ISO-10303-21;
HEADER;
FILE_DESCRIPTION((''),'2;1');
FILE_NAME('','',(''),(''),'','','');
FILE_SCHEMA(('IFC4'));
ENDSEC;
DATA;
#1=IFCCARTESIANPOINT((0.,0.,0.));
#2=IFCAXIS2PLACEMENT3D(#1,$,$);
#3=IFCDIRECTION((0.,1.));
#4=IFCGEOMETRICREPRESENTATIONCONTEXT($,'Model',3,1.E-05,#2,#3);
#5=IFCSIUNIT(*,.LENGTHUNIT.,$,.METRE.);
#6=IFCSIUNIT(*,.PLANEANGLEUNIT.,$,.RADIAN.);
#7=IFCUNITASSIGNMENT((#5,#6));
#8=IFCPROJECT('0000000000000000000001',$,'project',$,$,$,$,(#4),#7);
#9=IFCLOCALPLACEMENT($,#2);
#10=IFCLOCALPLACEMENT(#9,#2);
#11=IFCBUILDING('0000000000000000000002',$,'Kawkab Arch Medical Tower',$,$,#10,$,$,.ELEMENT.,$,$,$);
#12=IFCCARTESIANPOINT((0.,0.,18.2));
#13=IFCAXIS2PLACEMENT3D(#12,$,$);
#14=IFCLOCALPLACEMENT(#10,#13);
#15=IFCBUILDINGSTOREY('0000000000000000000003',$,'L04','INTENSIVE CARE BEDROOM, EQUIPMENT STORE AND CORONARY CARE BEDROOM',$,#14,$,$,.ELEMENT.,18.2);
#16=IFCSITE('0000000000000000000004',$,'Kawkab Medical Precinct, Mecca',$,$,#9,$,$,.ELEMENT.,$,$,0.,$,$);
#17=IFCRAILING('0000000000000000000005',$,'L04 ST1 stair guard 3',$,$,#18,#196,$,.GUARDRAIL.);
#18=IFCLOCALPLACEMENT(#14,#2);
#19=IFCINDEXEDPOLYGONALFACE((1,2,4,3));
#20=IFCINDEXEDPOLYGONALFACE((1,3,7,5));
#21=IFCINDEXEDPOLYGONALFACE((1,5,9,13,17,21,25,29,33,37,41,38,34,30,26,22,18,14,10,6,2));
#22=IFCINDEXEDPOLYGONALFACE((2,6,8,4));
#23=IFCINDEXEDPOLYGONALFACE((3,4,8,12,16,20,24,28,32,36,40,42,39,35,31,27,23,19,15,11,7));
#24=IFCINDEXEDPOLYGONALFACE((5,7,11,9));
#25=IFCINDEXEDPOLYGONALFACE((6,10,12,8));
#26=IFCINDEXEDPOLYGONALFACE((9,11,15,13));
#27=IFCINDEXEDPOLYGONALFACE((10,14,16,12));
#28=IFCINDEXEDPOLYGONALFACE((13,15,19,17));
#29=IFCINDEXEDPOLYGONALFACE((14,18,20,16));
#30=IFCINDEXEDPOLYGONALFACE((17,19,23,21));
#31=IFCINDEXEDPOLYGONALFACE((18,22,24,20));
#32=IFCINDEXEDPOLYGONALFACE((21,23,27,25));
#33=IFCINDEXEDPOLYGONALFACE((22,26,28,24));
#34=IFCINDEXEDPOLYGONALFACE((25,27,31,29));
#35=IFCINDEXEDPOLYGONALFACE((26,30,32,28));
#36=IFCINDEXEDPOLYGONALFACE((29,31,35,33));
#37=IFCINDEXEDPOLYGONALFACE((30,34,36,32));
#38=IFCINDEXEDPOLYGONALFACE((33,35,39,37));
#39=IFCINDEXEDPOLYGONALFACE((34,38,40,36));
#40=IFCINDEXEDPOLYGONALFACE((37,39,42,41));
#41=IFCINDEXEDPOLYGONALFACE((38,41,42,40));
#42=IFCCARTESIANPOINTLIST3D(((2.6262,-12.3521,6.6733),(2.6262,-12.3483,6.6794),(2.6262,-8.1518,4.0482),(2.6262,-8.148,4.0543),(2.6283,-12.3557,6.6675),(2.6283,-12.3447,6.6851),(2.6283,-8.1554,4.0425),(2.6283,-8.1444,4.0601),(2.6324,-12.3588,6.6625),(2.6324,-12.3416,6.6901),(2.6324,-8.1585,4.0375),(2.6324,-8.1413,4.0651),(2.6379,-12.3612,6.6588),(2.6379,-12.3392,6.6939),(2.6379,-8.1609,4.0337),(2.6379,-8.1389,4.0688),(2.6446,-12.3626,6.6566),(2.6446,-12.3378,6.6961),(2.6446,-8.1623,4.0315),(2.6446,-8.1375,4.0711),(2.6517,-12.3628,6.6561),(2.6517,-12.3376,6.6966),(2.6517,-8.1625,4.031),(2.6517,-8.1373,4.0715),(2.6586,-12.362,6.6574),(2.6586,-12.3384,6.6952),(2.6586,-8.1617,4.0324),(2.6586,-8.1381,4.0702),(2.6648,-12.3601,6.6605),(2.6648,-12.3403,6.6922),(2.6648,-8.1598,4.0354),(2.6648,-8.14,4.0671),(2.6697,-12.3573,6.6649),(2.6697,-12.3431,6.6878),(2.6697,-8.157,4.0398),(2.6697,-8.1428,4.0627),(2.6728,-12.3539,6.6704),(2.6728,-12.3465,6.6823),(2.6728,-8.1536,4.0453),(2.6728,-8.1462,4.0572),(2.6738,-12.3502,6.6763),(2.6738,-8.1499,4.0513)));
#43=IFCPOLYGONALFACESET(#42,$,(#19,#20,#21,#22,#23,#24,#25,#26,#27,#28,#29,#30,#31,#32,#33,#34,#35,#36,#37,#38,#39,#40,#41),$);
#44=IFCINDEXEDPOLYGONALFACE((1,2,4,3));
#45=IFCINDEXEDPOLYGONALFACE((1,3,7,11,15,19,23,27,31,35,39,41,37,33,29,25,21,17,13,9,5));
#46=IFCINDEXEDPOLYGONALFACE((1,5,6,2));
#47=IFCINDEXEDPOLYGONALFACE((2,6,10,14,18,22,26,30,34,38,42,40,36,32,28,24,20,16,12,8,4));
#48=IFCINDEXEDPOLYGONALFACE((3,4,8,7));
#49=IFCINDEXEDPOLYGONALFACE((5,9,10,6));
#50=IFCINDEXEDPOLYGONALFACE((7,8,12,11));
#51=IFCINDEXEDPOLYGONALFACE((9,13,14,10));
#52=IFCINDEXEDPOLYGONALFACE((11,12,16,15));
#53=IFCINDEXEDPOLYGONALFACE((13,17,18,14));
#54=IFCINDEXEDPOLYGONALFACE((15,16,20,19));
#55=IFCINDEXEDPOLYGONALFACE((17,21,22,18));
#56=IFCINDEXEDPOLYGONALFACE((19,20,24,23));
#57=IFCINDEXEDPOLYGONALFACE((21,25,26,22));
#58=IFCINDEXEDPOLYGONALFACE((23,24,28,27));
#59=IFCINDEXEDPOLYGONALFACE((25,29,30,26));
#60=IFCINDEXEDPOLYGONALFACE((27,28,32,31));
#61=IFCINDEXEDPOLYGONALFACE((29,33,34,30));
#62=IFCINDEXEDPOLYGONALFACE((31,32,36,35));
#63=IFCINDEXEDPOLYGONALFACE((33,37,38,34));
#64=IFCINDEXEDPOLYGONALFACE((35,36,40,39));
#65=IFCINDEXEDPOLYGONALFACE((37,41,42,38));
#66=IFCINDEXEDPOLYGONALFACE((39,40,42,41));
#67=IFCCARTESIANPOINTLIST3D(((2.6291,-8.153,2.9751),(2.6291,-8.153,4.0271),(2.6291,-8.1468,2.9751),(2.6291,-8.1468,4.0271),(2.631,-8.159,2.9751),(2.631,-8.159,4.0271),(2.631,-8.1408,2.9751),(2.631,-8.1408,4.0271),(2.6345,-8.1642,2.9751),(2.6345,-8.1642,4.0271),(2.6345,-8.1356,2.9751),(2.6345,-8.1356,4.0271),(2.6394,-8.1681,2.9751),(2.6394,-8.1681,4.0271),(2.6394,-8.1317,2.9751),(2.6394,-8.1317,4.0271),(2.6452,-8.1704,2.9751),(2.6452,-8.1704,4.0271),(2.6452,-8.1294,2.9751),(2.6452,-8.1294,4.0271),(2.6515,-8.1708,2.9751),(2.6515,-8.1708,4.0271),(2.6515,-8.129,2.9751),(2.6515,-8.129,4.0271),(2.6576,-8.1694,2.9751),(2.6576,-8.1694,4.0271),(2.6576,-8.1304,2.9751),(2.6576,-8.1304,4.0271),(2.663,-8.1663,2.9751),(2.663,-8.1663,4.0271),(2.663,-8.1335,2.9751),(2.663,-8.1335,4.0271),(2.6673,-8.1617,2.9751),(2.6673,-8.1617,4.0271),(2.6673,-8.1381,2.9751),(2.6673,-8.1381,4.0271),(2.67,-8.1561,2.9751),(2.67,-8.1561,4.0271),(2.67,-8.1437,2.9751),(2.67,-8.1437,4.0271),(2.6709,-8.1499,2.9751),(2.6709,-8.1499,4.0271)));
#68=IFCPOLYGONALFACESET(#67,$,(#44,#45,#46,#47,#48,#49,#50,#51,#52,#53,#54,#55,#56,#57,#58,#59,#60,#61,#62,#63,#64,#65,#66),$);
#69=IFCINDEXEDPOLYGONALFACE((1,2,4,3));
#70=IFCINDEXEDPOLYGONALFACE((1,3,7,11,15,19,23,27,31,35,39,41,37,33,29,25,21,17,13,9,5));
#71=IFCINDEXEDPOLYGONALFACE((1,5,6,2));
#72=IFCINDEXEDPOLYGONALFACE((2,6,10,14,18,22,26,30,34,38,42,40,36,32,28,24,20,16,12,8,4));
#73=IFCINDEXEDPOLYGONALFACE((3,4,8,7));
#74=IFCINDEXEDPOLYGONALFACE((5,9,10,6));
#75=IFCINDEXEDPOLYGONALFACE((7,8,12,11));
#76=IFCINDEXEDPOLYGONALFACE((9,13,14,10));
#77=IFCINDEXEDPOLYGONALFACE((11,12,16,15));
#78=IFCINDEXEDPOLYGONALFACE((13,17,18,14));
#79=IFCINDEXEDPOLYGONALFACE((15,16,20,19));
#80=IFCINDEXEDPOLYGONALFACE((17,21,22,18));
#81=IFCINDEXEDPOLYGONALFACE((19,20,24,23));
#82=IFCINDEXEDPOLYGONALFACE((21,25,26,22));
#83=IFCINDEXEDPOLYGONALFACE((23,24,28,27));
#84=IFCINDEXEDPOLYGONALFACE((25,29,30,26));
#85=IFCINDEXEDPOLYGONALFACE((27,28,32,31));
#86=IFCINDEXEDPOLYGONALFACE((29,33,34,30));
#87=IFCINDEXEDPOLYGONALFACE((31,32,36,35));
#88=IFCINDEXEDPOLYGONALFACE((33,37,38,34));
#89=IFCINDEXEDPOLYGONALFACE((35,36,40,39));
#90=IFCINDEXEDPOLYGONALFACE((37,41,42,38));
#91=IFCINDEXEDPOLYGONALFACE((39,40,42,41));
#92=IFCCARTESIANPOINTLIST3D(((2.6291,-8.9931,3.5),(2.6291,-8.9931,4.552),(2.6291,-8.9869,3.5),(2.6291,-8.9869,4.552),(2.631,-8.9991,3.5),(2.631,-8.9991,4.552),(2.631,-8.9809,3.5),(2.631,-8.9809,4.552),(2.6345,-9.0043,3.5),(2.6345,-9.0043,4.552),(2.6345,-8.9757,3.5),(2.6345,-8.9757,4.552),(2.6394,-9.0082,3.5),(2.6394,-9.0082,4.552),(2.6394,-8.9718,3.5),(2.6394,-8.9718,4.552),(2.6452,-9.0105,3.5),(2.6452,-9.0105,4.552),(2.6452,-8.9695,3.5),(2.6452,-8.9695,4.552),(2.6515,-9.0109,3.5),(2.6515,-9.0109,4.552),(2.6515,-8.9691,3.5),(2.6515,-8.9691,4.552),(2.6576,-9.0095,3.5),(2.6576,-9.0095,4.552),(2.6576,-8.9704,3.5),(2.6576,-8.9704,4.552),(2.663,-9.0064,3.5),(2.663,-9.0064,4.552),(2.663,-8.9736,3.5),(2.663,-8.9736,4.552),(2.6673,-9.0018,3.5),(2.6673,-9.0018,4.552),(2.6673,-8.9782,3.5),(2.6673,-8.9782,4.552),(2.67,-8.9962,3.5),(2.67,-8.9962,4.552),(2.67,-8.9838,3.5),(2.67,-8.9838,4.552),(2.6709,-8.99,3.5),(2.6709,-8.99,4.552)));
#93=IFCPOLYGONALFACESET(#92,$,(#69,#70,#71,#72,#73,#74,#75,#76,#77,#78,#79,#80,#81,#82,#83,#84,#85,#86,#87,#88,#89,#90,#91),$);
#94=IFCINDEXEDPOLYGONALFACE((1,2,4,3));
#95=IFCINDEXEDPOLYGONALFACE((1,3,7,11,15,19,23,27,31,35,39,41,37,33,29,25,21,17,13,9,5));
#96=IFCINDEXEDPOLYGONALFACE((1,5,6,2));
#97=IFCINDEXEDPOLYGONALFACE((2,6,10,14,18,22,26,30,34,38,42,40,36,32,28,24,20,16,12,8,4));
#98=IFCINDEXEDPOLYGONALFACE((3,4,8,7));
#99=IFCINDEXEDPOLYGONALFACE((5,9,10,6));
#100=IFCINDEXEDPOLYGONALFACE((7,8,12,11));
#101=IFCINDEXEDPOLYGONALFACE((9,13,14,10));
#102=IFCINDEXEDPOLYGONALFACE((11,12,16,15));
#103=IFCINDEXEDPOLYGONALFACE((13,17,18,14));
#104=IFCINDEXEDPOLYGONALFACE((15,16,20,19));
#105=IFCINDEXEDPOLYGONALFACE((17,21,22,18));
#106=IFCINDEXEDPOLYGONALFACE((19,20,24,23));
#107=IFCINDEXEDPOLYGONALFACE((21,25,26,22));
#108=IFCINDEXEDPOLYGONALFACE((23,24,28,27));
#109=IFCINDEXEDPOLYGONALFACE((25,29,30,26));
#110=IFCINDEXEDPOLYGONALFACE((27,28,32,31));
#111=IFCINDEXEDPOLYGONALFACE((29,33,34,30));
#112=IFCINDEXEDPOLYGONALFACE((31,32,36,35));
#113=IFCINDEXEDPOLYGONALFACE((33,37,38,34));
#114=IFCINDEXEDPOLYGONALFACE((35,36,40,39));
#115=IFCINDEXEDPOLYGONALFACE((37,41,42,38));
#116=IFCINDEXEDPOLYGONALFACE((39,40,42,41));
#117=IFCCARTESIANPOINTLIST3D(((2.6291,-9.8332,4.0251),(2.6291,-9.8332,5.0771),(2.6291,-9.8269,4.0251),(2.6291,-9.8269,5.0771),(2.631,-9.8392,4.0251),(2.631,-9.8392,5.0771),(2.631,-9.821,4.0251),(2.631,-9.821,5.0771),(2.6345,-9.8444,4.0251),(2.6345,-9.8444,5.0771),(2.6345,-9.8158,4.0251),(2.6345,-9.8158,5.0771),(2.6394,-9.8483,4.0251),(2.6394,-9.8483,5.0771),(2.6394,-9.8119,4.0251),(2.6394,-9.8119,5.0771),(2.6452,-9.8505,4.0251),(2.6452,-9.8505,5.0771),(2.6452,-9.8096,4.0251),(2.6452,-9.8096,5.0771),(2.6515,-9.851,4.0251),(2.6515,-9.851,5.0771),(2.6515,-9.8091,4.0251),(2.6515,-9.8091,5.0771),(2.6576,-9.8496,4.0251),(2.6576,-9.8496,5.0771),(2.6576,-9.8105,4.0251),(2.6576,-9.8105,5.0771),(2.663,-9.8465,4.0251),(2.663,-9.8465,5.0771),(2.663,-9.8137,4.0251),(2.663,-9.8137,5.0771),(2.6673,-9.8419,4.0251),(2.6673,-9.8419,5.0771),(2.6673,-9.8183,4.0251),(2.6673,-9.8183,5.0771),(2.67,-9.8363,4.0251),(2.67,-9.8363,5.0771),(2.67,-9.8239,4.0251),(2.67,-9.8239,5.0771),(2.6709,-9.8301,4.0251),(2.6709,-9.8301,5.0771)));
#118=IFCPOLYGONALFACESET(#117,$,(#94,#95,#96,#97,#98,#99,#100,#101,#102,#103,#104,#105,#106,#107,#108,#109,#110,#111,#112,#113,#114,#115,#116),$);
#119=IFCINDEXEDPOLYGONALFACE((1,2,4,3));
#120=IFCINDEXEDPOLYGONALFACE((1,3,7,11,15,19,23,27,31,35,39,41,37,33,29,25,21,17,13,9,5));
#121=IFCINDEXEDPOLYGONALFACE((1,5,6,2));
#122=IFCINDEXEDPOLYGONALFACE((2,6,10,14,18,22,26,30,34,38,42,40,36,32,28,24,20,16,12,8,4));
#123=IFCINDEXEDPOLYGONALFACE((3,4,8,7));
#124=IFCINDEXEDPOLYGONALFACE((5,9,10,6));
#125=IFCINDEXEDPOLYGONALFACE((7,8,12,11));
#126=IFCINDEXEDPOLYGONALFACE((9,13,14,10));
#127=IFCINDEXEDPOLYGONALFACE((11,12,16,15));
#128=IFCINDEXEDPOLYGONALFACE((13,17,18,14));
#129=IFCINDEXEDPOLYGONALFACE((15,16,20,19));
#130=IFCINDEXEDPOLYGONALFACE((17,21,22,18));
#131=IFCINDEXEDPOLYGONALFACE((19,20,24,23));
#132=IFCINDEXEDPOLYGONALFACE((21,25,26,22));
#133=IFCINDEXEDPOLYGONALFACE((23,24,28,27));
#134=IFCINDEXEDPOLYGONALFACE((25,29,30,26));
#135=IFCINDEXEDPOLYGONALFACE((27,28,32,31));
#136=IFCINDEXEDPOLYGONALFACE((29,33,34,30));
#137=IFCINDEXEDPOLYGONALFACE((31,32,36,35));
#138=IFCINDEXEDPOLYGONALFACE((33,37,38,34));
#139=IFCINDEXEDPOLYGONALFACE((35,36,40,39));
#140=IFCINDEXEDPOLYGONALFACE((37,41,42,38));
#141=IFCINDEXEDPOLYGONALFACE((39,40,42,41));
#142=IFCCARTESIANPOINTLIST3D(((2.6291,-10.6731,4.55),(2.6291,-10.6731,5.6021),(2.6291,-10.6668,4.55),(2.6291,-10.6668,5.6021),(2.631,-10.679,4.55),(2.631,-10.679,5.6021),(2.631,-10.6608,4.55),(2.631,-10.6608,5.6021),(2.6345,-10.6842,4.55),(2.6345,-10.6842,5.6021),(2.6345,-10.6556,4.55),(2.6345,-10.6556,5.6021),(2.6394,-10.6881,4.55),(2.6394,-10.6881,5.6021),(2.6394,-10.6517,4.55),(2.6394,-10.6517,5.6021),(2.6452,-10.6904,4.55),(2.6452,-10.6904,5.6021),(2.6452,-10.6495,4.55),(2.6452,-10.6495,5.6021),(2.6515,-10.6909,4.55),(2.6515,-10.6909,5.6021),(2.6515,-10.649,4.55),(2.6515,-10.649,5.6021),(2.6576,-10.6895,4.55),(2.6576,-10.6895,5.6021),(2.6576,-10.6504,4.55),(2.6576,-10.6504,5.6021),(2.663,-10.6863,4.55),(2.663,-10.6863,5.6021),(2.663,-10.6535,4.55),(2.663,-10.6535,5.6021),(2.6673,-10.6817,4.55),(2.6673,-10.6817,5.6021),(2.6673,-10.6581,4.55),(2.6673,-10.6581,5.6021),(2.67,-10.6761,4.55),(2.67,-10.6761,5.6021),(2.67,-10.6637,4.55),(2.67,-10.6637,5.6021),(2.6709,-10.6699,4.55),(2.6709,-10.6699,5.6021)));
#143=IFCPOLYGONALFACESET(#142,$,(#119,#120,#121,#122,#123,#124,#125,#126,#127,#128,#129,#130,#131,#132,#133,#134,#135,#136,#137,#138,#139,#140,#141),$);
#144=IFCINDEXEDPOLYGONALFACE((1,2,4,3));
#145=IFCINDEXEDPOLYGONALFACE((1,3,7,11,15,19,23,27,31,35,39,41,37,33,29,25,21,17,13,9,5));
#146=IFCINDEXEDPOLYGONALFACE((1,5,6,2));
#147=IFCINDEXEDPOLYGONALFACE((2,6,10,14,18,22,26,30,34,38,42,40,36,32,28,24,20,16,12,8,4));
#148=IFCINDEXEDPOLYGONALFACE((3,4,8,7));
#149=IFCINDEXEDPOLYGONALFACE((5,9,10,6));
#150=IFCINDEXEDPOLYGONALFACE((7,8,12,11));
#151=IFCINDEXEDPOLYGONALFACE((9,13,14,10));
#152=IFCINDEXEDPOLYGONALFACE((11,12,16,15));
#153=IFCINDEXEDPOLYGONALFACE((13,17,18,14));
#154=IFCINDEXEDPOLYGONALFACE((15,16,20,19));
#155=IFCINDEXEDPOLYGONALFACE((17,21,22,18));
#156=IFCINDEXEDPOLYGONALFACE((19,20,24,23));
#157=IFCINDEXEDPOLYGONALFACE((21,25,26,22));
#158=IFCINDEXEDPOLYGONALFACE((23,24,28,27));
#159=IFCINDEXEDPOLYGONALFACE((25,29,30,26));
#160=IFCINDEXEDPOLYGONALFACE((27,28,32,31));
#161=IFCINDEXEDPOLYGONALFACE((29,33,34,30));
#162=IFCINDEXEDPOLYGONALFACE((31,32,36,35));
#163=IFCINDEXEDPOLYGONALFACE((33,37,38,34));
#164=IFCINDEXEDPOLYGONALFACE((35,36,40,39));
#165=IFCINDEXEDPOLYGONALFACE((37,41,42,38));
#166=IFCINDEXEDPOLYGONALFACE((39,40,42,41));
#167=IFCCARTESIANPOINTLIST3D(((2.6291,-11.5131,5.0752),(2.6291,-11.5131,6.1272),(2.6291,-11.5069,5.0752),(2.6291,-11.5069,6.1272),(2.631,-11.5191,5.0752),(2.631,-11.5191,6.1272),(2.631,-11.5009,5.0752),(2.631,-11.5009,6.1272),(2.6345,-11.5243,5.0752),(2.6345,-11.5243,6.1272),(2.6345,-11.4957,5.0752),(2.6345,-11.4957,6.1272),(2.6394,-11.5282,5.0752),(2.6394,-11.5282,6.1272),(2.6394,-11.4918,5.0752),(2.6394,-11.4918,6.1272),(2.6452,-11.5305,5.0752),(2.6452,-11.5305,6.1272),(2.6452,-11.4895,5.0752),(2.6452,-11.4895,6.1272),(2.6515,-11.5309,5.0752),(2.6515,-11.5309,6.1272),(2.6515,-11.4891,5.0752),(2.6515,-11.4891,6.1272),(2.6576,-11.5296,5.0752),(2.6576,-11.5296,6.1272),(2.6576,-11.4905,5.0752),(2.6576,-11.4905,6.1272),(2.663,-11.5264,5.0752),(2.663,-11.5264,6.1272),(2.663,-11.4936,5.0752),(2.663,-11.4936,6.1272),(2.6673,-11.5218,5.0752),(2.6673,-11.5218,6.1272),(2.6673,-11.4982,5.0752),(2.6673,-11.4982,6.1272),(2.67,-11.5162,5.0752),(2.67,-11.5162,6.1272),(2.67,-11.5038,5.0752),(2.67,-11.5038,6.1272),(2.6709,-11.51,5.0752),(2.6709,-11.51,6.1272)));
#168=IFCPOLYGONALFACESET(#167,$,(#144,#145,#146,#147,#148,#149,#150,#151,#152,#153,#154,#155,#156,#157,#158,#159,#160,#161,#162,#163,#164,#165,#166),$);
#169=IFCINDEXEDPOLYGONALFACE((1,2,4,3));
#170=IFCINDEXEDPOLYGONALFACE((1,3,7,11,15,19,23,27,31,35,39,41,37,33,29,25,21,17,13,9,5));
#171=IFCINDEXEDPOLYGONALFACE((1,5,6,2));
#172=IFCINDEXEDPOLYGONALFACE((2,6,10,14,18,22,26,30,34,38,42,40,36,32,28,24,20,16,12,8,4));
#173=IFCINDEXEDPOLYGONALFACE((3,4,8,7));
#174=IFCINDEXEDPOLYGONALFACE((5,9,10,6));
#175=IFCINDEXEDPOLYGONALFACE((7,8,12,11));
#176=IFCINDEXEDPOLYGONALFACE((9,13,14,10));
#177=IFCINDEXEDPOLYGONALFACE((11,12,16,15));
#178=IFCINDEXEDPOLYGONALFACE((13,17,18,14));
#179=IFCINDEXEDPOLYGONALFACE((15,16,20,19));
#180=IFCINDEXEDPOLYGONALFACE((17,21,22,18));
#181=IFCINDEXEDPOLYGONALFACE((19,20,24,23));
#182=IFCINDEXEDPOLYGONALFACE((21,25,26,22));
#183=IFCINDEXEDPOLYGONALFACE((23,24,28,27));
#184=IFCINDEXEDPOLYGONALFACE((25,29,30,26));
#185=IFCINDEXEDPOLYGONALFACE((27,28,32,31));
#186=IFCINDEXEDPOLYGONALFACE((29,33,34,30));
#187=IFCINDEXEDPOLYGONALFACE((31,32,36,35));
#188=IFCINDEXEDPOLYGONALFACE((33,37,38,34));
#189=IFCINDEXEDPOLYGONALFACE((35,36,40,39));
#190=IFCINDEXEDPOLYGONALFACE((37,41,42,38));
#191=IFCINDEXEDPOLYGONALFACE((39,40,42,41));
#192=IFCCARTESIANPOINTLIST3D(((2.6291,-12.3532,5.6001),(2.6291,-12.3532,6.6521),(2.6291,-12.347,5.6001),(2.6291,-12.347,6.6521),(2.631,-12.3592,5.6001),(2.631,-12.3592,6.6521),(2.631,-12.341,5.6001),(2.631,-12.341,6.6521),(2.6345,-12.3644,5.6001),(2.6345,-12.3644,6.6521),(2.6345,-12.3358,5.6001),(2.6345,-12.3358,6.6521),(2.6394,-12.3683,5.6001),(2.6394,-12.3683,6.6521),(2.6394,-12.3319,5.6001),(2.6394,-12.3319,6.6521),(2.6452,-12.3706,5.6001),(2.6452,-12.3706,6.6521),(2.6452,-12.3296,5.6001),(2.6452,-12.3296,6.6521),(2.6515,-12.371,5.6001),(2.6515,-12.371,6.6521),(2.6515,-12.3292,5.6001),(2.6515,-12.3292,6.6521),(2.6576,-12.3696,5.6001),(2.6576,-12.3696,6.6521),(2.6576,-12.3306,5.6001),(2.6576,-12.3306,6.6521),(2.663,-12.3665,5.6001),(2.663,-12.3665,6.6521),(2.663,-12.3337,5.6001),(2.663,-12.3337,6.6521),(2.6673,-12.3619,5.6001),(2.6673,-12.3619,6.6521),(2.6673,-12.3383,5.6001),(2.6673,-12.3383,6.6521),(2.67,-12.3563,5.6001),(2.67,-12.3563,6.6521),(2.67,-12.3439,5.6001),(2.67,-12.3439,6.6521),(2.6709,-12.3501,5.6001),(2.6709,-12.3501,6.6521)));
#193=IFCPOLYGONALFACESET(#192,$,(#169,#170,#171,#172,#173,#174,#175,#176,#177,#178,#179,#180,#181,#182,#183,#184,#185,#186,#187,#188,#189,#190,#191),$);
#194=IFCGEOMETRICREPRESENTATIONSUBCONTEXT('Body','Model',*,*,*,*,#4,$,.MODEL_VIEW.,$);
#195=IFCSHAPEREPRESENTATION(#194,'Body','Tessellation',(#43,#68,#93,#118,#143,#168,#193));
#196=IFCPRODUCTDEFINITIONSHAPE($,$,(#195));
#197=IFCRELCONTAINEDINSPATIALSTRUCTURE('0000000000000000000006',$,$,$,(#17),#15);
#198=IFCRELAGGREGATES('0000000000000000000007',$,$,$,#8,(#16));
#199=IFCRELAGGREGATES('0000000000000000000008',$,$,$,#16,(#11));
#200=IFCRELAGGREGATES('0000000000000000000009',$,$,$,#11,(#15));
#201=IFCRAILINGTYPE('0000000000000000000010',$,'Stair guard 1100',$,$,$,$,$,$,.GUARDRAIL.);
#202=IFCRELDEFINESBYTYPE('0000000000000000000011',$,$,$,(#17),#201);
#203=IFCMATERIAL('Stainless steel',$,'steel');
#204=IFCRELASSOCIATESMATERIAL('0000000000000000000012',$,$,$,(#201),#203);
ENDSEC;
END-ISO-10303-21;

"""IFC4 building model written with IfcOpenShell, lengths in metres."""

from ifc_helpers import new_model, si_unit, direction, frame, origin, origin_2d, place, context, subcontext, project, spatial, circle, extrude, material, type_object, element, save


model = new_model("IFC4")

# Units and contexts
model_context = context("Model", 3, precision=1e-05, world=origin(), true_north=direction((0.0, 1.0)))
body_context = subcontext(model_context, "Body", "Model", "MODEL_VIEW")
ifc_project = project(units=[si_unit("LENGTHUNIT", "METRE"), si_unit("PLANEANGLEUNIT", "RADIAN")], contexts=[model_context])

# Site, building, storey
site_placement = place(None, origin())
site = spatial("IfcSite", under=ifc_project, at=site_placement, Name="Kawkab Medical Precinct, Mecca", CompositionType="ELEMENT", RefElevation=0.0)
building_placement = place(site_placement, origin())
building = spatial("IfcBuilding", under=site, at=building_placement, Name="Kawkab Arch Medical Tower", CompositionType="ELEMENT")
storey_placement = place(building_placement, frame((0.0, 0.0, 18.2)))
storey = spatial("IfcBuildingStorey", under=building, at=storey_placement, Name="L04", Description="INTENSIVE CARE BEDROOM, EQUIPMENT STORE AND CORONARY CARE BEDROOM", CompositionType="ELEMENT", Elevation=18.2)

# Railing
ifc_material_1 = material(Name="Stainless steel", Category="steel")
railing_type = type_object("IfcRailingType", Name="Stair guard 1100", PredefinedType="GUARDRAIL", material=ifc_material_1)
railing_1_placement = place(storey_placement, frame((2.6499, -8.1499, 2.9751)))
element("IfcRailing", 1, at=railing_1_placement, inside=storey, type_object=railing_type, Name="L04 ST1 stair guard 3", PredefinedType="GUARDRAIL", context=body_context, shape_type="SweptSolid", body=[
    extrude(circle(Radius=0.0239, at=origin_2d()), frame((0.0, 0.0, 1.0762), z_axis=(0.0, -0.848009, 0.529981), x_axis=(1.0, 0.0, 0.0)), (0.0, 0.0, 1.0), 4.9531),
    extrude(circle(Radius=0.021, at=origin_2d()), origin(), (0.0, 0.0, 1.0), 1.052),
    extrude(circle(Radius=0.021, at=origin_2d()), frame((0.0, -0.8401, 0.5249)), (0.0, 0.0, 1.0), 1.052),
    extrude(circle(Radius=0.021, at=origin_2d()), frame((0.0, -1.6802, 1.05)), (0.0, 0.0, 1.0), 1.052),
    extrude(circle(Radius=0.021, at=origin_2d()), frame((0.0, -2.52, 1.575)), (0.0, 0.0, 1.0), 1.052),
    extrude(circle(Radius=0.021, at=origin_2d()), frame((0.0, -3.3601, 2.1001)), (0.0, 0.0, 1.0), 1.052),
    extrude(circle(Radius=0.021, at=origin_2d()), frame((0.0, -4.2002, 2.625)), (0.0, 0.0, 1.0), 1.052),
])

save(model, "model.ifc")
